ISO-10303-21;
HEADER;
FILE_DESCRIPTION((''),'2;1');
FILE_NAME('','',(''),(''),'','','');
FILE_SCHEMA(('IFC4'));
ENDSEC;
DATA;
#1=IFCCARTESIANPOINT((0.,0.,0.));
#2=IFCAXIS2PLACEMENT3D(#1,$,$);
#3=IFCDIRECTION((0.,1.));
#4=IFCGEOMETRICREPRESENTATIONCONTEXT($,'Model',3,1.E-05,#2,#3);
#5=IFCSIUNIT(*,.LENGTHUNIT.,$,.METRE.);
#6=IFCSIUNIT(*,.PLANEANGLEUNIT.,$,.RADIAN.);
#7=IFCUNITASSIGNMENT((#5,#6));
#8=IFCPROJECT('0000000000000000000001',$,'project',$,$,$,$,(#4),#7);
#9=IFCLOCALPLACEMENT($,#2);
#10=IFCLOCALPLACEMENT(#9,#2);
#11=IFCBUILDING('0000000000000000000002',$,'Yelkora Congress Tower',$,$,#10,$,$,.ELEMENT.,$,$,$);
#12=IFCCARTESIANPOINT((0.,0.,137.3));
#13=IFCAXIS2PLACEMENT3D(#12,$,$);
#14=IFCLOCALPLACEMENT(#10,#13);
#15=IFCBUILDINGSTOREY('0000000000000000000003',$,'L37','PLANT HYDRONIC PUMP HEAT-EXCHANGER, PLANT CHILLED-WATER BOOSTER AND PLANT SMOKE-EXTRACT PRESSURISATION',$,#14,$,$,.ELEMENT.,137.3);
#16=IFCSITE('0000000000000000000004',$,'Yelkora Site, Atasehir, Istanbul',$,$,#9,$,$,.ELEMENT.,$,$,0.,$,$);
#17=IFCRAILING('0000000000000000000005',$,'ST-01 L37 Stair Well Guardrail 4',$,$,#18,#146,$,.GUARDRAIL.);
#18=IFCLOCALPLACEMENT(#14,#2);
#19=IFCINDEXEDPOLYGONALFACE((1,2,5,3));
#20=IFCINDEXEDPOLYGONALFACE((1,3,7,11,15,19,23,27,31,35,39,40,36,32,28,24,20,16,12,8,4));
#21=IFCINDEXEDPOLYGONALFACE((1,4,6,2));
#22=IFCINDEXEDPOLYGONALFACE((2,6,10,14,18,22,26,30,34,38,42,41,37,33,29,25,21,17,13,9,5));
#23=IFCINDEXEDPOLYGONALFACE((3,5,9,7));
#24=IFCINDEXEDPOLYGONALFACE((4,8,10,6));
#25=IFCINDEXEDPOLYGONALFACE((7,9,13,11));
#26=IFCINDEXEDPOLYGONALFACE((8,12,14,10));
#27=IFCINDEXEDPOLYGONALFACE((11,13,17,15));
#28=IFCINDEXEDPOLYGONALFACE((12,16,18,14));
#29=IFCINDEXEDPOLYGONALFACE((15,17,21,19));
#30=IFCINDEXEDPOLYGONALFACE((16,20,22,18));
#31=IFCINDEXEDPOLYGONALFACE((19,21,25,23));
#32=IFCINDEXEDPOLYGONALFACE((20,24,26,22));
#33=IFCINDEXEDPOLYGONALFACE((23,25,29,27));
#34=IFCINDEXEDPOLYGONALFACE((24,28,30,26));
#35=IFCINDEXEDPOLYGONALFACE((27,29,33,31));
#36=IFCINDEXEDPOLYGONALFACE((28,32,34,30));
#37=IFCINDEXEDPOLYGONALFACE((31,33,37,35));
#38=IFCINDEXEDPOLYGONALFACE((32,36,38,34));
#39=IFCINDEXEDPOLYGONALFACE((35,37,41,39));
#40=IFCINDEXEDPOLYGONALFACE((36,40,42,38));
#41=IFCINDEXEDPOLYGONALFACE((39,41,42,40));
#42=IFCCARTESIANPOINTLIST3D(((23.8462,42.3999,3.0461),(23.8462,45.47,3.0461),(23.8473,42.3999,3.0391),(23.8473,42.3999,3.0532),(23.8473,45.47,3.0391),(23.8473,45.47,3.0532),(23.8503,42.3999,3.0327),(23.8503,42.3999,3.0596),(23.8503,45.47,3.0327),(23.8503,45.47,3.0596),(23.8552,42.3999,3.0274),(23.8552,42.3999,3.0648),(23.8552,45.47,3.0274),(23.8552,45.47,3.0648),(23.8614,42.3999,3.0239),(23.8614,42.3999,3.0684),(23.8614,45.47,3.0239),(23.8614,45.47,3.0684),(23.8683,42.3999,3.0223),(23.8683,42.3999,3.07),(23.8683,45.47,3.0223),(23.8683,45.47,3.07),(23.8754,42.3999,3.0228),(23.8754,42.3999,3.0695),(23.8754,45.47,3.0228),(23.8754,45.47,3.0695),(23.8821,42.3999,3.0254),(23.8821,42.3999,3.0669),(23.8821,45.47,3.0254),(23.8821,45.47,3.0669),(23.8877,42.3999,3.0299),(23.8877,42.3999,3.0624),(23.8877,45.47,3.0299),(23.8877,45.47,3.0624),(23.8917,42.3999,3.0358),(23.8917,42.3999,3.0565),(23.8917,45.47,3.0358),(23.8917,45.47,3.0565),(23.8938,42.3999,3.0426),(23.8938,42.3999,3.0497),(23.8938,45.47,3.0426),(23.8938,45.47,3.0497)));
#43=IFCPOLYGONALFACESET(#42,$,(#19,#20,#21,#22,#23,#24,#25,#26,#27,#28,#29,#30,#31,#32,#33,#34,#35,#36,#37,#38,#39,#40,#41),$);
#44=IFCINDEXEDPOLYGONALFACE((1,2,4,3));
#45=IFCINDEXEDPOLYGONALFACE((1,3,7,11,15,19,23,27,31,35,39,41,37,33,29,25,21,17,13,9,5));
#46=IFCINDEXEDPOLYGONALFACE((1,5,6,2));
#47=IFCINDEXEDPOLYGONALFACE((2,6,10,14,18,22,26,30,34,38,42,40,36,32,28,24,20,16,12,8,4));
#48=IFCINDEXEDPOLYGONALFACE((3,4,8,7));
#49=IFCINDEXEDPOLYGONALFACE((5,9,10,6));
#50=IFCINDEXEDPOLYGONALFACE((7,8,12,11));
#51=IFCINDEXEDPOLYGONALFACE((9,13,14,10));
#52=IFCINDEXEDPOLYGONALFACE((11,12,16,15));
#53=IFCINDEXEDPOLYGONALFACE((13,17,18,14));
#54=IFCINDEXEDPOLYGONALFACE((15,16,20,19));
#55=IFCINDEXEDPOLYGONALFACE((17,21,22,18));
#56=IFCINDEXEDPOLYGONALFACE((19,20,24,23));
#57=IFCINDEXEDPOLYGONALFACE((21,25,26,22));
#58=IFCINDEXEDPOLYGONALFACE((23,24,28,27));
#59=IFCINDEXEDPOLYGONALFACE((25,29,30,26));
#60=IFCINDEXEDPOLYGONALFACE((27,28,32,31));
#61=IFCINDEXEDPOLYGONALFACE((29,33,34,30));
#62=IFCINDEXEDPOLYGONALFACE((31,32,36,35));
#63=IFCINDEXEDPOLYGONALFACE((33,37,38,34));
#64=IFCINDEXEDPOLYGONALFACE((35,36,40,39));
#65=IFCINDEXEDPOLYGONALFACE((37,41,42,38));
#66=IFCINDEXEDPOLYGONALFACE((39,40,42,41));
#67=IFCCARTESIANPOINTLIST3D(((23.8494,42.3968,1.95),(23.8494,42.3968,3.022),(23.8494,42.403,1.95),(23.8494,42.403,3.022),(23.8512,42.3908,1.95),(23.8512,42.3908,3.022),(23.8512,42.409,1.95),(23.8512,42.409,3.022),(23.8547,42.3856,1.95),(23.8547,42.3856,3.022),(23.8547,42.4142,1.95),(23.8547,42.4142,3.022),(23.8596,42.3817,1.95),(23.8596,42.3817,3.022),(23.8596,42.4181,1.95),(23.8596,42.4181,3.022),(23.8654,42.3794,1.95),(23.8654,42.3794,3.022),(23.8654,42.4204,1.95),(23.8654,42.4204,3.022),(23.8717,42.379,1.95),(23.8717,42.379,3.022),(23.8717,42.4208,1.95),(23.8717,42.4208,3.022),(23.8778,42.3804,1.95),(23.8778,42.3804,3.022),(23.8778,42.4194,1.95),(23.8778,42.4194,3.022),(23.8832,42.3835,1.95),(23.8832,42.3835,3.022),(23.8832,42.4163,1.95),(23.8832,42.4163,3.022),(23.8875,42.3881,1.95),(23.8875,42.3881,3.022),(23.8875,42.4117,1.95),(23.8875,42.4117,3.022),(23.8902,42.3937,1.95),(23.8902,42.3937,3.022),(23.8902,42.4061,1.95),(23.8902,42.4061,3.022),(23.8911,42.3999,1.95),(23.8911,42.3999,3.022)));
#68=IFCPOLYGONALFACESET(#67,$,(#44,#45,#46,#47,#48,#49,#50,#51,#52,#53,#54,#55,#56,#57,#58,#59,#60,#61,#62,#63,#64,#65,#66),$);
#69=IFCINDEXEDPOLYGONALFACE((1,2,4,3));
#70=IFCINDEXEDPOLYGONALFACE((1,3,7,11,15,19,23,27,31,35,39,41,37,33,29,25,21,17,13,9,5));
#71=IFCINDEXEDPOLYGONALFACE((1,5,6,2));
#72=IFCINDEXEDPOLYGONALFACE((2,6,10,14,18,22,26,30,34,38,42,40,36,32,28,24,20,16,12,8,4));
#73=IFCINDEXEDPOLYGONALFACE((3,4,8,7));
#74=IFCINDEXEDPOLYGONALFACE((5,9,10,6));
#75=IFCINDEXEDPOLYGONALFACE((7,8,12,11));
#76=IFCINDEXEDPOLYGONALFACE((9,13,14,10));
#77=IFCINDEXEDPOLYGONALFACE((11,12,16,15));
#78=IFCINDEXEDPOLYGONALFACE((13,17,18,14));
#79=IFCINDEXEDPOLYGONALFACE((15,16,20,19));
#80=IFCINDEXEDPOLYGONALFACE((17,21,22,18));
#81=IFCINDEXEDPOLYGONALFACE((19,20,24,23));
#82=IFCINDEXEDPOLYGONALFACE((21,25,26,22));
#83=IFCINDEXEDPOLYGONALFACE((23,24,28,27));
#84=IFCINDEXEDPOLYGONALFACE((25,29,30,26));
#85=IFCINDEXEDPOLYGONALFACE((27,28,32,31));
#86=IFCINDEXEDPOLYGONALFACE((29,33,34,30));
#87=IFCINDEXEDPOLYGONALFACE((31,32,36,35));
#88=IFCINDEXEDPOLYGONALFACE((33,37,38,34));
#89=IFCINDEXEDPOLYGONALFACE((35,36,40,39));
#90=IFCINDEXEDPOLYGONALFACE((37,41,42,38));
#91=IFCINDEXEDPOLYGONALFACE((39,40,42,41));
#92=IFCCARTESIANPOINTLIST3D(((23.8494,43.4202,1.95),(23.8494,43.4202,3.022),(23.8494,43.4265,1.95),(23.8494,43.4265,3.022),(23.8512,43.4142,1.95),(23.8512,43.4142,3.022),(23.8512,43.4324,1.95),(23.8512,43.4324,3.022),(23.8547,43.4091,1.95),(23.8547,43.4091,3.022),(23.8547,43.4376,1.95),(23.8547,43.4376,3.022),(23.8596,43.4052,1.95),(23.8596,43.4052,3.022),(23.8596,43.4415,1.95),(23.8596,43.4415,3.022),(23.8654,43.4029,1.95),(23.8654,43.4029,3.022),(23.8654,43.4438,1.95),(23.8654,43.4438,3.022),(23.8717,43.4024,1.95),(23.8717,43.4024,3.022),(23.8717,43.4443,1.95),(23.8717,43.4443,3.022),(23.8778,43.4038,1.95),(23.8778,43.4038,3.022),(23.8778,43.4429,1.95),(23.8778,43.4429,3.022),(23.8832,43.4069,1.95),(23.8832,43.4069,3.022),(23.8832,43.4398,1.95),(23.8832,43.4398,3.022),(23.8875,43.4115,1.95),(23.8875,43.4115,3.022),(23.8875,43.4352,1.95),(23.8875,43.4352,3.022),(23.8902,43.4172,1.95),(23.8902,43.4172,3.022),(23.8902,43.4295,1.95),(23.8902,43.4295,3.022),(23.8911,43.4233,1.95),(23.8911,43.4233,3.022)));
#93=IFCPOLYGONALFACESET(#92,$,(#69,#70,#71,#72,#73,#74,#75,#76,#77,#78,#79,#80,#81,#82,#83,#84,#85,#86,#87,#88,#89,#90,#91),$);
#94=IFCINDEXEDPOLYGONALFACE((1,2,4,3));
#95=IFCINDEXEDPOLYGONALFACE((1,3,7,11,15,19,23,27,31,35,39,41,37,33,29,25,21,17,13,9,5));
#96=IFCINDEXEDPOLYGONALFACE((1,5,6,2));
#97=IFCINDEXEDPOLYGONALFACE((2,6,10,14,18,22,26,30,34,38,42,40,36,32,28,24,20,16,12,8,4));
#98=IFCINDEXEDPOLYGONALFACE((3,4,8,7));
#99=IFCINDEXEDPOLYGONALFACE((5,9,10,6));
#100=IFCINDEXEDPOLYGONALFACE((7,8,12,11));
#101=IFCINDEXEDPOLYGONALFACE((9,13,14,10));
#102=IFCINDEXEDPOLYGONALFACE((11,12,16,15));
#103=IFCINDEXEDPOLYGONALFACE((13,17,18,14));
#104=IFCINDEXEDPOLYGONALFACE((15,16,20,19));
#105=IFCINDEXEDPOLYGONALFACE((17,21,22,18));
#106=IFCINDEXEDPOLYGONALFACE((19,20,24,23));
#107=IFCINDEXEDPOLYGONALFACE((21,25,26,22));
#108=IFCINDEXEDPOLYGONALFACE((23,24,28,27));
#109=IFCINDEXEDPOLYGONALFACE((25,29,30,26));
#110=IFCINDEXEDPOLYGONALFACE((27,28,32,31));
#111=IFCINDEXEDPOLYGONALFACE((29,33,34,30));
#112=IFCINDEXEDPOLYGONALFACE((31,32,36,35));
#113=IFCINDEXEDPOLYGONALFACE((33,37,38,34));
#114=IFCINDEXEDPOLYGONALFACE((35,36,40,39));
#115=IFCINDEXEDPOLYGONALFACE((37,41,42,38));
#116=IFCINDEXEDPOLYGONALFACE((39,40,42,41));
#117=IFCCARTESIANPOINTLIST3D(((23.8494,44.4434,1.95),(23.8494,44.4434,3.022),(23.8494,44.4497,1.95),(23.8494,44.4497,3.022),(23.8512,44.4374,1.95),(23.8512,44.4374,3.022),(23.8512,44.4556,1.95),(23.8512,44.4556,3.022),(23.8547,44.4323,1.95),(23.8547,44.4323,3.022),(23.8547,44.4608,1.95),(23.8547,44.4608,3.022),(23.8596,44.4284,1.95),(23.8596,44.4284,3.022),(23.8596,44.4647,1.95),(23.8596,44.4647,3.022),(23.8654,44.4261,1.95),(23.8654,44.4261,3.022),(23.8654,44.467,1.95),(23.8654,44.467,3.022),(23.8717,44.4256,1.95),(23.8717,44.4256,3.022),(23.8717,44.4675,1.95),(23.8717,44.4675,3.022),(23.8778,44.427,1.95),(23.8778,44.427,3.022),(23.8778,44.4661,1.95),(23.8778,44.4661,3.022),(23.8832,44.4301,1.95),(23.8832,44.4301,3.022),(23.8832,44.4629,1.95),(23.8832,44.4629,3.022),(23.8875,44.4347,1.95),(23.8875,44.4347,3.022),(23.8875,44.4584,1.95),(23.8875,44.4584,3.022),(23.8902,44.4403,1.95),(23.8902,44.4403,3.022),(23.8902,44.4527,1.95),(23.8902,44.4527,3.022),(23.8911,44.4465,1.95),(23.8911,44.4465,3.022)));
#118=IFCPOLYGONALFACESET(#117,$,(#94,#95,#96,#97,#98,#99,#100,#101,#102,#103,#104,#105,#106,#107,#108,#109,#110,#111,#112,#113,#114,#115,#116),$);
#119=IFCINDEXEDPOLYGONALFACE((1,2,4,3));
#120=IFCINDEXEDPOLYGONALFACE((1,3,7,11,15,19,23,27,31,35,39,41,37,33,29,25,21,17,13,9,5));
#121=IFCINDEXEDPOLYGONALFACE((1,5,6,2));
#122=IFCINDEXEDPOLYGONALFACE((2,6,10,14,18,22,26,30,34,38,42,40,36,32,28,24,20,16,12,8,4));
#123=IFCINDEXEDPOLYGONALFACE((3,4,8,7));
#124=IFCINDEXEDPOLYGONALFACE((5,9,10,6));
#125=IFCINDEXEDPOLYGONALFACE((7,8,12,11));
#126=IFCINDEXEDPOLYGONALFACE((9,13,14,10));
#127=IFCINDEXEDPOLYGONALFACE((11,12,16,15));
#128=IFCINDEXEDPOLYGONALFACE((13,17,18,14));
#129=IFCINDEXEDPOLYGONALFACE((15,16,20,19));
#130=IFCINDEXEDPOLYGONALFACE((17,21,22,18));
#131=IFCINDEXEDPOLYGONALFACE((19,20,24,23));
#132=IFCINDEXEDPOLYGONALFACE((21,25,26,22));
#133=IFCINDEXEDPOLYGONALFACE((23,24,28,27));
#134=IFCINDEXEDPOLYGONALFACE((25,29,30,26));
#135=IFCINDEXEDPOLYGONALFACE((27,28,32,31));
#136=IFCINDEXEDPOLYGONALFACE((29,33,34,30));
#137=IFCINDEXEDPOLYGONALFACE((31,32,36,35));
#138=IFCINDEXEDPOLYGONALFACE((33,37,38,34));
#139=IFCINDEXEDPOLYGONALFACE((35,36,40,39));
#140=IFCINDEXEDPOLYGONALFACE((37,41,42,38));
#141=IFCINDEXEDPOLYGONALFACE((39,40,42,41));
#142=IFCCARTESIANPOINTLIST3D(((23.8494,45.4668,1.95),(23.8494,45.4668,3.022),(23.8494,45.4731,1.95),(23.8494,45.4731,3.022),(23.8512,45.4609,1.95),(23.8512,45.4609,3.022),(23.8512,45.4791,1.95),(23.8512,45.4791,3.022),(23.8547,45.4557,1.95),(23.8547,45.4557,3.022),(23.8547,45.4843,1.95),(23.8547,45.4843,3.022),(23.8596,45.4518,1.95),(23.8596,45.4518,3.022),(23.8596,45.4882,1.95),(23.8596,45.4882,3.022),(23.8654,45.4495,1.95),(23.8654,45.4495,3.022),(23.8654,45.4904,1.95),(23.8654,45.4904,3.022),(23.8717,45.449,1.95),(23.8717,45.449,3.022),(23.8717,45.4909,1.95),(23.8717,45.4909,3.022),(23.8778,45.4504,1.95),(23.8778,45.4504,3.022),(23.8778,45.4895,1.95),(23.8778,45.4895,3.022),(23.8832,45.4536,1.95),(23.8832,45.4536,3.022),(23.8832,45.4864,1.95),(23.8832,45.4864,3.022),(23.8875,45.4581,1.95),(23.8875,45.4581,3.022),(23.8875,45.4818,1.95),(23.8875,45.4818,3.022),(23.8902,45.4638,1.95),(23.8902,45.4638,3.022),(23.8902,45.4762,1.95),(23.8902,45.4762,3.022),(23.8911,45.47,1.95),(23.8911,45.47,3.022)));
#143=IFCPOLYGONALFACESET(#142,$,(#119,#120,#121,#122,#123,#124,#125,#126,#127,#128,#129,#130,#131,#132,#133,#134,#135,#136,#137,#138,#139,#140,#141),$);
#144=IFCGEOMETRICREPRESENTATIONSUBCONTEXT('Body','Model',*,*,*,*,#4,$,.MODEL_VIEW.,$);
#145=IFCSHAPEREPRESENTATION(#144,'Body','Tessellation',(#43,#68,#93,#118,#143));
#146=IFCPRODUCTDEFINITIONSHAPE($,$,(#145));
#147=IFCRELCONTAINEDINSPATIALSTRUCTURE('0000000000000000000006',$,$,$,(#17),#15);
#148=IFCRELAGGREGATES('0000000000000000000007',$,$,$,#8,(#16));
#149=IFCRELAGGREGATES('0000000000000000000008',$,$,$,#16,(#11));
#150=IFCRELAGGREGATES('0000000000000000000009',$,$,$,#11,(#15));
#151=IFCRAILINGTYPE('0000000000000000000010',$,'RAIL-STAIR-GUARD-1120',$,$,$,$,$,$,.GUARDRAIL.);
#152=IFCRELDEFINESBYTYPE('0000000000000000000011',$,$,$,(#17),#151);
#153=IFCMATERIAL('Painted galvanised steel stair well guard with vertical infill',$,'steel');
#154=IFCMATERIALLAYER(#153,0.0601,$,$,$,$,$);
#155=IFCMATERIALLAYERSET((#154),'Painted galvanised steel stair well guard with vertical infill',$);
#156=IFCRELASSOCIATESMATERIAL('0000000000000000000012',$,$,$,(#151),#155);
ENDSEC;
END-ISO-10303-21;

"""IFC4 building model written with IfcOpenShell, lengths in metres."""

from ifc_helpers import new_model, si_unit, direction, frame, origin, origin_2d, place, context, subcontext, project, spatial, circle, extrude, material, layer, layer_set, type_object, element, save


model = new_model("IFC4")

# Units and contexts
model_context = context("Model", 3, precision=1e-05, world=origin(), true_north=direction((0.0, 1.0)))
body_context = subcontext(model_context, "Body", "Model", "MODEL_VIEW")
ifc_project = project(units=[si_unit("LENGTHUNIT", "METRE"), si_unit("PLANEANGLEUNIT", "RADIAN")], contexts=[model_context])

# Site, building, storey
site_placement = place(None, origin())
site = spatial("IfcSite", under=ifc_project, at=site_placement, Name="Yelkora Site, Atasehir, Istanbul", CompositionType="ELEMENT", RefElevation=0.0)
building_placement = place(site_placement, origin())
building = spatial("IfcBuilding", under=site, at=building_placement, Name="Yelkora Congress Tower", CompositionType="ELEMENT")
storey_placement = place(building_placement, frame((0.0, 0.0, 137.3)))
storey = spatial("IfcBuildingStorey", under=building, at=storey_placement, Name="L37", Description="PLANT HYDRONIC PUMP HEAT-EXCHANGER, PLANT CHILLED-WATER BOOSTER AND PLANT SMOKE-EXTRACT PRESSURISATION", CompositionType="ELEMENT", Elevation=137.3)

# Railing
ifc_material_1 = material(Name="Painted galvanised steel stair well guard with vertical infill", Category="steel")
ifc_layer_1 = layer(ifc_material_1, 0.0601)
ifc_layer_set_1 = layer_set([ifc_layer_1], Name="Painted galvanised steel stair well guard with vertical infill")
railing_type_1 = type_object("IfcRailingType", Name="RAIL-STAIR-GUARD-1120", PredefinedType="GUARDRAIL", material=ifc_layer_set_1)
railing_1_placement = place(storey_placement, frame((23.8701, 42.3999, 1.95)))
element("IfcRailing", 1, at=railing_1_placement, inside=storey, type_object=railing_type_1, Name="ST-01 L37 Stair Well Guardrail 4", PredefinedType="GUARDRAIL", context=body_context, shape_type="SweptSolid", body=[
    extrude(circle(Radius=0.0239, at=origin_2d()), frame((0.0, 0.0, 1.0962), z_axis=(0.0, 1.0, 0.0), x_axis=(-1.0, 0.0, 0.0)), (0.0, 0.0, 1.0), 3.0701),
    extrude(circle(Radius=0.021, at=origin_2d()), origin(), (0.0, 0.0, 1.0), 1.072),
    extrude(circle(Radius=0.021, at=origin_2d()), frame((0.0, 1.0234, 0.0)), (0.0, 0.0, 1.0), 1.072),
    extrude(circle(Radius=0.021, at=origin_2d()), frame((0.0, 2.0466, 0.0)), (0.0, 0.0, 1.0), 1.072),
    extrude(circle(Radius=0.021, at=origin_2d()), frame((0.0, 3.0701, 0.0)), (0.0, 0.0, 1.0), 1.072),
])

save(model, "model.ifc")
